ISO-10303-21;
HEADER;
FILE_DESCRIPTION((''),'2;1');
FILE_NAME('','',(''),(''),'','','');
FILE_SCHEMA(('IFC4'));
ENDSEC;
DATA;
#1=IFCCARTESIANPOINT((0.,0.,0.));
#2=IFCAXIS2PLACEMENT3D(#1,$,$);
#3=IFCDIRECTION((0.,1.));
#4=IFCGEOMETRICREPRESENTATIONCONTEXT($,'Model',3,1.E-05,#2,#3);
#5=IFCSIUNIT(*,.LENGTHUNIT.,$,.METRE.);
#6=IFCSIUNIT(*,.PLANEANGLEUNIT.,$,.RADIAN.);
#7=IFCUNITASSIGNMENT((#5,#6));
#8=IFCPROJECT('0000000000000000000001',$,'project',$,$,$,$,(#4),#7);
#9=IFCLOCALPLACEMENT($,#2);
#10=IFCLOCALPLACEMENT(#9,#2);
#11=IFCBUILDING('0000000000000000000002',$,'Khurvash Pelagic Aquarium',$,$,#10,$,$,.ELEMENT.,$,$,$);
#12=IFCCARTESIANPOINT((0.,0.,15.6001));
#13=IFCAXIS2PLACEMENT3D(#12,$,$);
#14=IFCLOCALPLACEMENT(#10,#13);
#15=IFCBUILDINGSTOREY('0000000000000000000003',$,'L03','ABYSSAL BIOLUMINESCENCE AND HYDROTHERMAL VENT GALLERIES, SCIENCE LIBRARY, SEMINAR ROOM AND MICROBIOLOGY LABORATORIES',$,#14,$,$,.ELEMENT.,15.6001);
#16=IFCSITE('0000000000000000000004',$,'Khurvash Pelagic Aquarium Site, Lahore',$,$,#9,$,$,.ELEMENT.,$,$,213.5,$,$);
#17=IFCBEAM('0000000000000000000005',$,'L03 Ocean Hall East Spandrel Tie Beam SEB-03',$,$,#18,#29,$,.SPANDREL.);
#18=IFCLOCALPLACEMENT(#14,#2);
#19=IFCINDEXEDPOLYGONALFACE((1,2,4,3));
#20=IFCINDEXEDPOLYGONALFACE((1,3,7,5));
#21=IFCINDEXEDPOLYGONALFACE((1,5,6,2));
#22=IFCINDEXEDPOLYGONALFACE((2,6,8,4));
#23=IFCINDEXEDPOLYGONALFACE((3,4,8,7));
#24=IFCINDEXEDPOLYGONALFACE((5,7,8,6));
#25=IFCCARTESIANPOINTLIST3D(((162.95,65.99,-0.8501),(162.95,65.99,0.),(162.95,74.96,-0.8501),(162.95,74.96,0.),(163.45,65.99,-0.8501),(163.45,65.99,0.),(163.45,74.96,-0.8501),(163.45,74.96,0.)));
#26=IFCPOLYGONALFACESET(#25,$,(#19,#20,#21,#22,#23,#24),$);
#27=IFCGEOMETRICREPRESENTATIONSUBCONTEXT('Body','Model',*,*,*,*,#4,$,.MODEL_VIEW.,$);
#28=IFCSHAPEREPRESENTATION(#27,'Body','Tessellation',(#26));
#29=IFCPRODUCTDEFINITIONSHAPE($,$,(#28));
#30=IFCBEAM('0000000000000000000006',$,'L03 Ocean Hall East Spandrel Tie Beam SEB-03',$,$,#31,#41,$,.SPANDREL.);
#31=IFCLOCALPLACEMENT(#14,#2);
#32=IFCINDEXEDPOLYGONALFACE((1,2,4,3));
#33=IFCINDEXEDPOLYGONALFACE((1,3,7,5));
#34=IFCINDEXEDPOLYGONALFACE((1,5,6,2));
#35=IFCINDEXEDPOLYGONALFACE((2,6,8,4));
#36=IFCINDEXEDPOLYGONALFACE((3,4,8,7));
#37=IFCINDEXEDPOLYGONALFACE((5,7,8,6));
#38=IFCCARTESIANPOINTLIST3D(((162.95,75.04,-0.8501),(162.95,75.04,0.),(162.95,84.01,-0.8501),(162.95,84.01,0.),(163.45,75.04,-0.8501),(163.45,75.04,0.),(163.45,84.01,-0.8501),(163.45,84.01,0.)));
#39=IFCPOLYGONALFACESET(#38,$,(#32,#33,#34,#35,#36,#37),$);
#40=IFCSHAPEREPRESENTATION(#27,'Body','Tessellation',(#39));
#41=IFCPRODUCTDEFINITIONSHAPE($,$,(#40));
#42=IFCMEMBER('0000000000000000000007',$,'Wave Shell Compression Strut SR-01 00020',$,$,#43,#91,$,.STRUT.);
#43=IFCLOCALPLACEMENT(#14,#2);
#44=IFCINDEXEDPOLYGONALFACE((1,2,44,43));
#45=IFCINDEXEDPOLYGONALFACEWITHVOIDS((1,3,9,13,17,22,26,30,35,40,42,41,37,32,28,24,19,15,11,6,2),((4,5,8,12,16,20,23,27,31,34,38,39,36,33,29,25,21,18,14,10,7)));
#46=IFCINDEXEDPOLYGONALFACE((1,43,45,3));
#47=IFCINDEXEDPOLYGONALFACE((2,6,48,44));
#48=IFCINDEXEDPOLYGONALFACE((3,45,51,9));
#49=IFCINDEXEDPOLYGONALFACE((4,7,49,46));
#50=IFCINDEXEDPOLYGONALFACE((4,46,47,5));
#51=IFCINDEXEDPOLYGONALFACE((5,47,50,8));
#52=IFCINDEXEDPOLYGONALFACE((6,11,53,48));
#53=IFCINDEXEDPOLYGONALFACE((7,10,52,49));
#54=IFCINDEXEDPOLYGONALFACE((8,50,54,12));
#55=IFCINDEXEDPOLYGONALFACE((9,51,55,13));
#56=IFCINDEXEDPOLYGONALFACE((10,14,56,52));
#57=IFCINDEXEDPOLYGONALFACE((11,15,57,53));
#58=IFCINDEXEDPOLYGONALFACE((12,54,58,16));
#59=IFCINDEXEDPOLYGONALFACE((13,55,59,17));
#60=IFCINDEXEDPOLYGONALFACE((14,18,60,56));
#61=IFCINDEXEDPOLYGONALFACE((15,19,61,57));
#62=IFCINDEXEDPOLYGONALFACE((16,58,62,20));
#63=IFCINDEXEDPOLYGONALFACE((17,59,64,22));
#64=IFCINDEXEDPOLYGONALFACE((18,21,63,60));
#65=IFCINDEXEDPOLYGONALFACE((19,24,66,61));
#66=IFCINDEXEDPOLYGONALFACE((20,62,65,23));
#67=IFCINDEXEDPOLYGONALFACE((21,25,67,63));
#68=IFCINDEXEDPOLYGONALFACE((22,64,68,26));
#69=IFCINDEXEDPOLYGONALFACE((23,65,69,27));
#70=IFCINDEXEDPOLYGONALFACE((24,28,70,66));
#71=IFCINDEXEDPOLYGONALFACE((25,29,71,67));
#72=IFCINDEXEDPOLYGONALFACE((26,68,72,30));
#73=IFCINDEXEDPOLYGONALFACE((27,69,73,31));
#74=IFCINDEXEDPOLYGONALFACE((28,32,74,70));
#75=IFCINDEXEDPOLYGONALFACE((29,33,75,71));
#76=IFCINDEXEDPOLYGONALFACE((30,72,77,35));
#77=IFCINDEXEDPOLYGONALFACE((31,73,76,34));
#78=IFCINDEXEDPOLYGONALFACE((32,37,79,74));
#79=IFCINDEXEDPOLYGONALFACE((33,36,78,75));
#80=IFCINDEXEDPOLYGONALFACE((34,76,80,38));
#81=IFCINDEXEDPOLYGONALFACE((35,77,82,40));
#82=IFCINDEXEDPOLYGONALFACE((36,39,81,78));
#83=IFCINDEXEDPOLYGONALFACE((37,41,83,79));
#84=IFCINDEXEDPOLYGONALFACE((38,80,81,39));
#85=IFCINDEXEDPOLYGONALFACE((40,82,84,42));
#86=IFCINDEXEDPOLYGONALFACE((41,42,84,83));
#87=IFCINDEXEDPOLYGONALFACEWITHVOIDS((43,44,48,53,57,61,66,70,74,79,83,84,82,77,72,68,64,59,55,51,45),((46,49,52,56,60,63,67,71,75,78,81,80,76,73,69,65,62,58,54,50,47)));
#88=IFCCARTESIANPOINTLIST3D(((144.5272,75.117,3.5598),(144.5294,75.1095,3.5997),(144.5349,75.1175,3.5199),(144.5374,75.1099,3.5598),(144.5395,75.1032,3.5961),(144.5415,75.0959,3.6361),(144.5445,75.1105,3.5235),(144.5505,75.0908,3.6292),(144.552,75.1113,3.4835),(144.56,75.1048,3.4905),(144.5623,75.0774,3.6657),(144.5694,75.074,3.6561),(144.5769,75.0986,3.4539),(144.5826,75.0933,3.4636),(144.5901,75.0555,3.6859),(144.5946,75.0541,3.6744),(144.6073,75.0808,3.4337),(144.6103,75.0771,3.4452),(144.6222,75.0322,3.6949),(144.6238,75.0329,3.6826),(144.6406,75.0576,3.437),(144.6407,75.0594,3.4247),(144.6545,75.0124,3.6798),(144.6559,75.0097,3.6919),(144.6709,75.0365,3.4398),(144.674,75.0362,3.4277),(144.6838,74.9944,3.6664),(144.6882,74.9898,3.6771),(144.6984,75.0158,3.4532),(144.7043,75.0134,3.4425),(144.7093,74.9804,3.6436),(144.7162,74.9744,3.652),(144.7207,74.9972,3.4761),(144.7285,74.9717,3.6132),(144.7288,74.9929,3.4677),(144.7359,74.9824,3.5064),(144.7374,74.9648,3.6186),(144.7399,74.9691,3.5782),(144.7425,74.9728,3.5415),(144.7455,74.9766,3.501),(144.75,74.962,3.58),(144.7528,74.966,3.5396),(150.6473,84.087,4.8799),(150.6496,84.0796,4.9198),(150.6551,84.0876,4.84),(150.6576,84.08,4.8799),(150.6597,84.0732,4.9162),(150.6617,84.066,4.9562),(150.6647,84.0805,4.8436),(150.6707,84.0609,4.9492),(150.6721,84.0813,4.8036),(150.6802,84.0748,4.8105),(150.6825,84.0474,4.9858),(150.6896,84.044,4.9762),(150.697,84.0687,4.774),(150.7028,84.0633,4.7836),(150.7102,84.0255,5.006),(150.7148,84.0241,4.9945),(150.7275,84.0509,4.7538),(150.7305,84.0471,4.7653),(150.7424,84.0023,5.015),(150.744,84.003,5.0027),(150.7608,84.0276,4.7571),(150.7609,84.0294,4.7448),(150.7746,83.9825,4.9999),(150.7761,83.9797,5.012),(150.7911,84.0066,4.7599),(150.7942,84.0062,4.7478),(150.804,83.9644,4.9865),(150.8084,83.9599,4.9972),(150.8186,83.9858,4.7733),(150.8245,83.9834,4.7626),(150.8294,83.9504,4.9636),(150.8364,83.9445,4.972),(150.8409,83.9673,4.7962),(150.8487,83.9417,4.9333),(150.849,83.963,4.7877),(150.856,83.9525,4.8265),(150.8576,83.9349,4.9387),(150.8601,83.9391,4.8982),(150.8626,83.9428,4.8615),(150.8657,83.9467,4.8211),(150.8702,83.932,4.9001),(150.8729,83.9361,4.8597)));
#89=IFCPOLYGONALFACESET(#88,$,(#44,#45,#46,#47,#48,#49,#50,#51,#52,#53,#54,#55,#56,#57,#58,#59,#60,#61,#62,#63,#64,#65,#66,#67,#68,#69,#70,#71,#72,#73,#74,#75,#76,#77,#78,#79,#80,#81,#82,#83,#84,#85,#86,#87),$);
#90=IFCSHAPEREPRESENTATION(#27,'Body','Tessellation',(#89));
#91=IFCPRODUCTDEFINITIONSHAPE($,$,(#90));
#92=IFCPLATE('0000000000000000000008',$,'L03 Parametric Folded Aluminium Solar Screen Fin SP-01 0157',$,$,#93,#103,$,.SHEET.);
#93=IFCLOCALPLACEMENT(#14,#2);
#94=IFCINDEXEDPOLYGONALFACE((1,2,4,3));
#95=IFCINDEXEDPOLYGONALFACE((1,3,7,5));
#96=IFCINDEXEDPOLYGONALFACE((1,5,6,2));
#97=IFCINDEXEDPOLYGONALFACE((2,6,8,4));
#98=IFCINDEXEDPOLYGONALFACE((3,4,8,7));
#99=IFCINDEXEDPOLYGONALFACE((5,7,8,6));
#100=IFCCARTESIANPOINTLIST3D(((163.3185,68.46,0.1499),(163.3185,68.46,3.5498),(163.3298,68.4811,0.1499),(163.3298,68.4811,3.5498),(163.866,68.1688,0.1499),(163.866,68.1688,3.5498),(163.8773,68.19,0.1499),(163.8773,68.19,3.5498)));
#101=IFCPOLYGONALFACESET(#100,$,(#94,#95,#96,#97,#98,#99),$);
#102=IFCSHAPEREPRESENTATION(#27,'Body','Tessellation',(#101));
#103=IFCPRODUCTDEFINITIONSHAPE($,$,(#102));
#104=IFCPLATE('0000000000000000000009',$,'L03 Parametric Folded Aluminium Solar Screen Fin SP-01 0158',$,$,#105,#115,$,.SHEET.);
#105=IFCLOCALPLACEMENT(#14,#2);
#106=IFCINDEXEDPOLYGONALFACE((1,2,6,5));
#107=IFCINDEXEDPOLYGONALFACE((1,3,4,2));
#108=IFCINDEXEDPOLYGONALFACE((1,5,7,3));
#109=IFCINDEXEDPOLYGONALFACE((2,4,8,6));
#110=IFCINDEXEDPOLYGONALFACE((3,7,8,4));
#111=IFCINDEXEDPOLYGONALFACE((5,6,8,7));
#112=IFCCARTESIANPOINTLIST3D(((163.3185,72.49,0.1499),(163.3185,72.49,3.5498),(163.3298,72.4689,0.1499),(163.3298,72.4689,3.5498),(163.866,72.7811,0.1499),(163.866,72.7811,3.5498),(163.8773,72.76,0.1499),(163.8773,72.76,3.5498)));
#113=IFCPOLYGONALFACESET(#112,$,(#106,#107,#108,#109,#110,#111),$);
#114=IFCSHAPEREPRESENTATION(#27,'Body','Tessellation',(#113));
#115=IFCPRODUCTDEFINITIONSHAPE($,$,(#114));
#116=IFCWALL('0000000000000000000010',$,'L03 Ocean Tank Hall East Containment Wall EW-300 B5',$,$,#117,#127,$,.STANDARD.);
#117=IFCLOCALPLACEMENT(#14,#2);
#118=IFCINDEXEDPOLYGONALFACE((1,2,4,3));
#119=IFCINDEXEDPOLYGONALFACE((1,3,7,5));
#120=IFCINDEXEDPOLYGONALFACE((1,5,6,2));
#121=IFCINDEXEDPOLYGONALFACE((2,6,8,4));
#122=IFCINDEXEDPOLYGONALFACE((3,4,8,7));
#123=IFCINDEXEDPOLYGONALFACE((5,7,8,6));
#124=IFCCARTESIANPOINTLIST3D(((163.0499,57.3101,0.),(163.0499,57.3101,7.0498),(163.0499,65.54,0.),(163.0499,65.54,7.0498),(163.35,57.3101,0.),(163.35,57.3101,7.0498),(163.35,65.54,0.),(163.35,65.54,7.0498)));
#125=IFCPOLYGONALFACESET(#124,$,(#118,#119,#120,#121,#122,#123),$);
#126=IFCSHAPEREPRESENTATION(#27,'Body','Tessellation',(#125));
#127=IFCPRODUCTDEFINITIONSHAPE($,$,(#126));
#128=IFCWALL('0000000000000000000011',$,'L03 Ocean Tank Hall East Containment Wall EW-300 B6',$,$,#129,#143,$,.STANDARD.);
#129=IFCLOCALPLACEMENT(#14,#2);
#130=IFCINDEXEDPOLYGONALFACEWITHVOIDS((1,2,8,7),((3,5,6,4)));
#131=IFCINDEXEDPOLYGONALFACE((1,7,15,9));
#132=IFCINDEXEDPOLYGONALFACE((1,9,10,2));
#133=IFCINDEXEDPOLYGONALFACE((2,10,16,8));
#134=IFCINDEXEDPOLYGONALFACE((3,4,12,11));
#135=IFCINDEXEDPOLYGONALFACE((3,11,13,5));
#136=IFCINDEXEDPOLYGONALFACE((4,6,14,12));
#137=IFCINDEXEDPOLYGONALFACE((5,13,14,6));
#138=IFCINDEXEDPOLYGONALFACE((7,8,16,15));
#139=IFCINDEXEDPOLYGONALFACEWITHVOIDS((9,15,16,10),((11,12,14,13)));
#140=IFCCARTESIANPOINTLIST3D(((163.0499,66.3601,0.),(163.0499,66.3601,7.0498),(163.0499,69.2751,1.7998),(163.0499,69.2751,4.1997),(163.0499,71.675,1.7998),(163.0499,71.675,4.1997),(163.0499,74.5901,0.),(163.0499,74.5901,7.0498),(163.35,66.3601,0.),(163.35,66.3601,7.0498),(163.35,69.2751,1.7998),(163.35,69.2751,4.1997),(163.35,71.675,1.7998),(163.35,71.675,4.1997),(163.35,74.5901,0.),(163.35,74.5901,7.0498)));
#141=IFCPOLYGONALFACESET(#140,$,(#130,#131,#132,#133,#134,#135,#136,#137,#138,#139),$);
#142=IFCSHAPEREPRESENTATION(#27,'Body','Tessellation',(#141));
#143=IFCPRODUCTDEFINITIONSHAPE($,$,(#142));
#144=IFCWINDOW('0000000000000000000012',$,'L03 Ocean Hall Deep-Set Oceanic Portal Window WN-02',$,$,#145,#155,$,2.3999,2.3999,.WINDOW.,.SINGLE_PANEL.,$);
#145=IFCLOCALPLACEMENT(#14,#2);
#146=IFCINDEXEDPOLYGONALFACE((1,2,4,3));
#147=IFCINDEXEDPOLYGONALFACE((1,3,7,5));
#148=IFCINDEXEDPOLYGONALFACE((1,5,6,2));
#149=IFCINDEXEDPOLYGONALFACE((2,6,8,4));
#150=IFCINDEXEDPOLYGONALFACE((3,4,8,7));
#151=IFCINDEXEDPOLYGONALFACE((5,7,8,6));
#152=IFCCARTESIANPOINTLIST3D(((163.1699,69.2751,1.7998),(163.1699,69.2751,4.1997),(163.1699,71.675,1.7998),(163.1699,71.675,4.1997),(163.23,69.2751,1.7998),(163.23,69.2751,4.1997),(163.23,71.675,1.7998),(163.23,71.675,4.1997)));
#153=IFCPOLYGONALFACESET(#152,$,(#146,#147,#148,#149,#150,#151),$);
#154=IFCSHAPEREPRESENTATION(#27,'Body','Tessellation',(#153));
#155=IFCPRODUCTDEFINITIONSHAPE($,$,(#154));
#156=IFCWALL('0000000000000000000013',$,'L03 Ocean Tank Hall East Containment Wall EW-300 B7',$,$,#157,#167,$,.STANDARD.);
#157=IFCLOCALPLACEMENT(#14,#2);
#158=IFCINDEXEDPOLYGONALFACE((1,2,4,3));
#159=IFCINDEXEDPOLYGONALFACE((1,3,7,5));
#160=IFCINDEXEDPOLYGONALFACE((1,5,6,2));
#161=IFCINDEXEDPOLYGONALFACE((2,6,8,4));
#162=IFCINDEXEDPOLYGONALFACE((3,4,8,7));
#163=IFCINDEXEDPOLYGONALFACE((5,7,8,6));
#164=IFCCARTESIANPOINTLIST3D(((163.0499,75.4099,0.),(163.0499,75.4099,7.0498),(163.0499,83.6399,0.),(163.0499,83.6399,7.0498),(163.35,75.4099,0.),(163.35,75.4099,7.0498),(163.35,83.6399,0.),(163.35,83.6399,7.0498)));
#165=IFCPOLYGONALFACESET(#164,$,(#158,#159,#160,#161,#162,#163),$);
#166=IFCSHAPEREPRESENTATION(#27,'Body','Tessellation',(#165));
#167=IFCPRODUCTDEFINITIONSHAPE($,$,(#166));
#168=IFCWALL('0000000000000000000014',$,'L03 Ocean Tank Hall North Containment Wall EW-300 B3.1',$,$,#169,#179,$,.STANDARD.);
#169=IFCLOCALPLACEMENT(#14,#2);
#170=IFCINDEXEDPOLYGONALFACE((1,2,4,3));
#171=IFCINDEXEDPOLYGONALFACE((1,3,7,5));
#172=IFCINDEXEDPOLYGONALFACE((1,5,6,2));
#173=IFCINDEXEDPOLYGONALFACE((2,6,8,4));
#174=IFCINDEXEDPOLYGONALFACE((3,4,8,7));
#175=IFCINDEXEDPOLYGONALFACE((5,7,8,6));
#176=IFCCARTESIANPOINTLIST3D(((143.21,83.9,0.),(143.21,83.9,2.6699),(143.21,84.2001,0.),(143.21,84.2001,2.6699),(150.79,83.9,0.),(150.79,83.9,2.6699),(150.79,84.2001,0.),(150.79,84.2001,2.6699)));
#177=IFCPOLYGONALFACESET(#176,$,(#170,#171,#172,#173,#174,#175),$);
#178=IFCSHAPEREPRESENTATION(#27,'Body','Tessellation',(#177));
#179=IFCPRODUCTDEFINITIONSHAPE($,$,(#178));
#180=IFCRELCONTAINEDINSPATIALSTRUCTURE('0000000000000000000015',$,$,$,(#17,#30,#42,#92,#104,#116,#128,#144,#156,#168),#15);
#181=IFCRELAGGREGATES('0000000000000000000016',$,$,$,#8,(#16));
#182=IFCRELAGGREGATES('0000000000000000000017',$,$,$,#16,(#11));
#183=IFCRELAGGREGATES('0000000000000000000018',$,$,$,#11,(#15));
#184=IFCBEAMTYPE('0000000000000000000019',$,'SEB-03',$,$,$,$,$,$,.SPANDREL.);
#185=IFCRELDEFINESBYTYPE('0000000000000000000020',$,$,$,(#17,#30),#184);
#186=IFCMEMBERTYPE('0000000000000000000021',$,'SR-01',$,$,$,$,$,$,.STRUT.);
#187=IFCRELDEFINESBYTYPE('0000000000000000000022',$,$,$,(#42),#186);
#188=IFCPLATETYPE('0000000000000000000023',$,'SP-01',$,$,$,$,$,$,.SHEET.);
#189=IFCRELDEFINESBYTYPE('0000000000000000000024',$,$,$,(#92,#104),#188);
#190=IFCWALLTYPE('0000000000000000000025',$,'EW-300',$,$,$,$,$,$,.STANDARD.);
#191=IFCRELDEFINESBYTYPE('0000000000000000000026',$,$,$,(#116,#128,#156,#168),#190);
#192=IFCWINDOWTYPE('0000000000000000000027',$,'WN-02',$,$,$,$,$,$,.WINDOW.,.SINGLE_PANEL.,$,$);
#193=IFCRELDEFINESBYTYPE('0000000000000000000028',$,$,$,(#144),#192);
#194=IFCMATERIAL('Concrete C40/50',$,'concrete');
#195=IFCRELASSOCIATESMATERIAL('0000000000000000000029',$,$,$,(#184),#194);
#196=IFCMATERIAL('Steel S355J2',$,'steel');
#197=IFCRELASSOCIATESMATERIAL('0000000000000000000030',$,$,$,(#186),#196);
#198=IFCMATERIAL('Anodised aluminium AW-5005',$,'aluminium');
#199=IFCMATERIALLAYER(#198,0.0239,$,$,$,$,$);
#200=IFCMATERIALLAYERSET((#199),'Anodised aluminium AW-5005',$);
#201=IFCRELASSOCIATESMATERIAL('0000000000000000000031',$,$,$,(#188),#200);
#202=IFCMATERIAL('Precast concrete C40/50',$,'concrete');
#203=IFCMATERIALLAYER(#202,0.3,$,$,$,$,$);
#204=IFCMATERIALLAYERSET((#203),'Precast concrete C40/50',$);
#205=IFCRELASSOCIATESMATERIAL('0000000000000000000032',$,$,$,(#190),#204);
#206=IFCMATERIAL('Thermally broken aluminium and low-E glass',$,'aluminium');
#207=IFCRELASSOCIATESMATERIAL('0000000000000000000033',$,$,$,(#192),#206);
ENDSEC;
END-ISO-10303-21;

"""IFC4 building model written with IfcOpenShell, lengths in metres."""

from ifc_helpers import new_model, si_unit, direction, frame, frame_2d, origin, origin_2d, place, context, subcontext, project, spatial, rectangle, hollow_circle, extrude, material, layer, layer_set, material_profile, profile_set, type_object, element, fill, save


model = new_model("IFC4")

# Units and contexts
model_context = context("Model", 3, precision=1e-05, world=origin(), true_north=direction((0.0, 1.0)))
body_context = subcontext(model_context, "Body", "Model", "MODEL_VIEW")
ifc_project = project(units=[si_unit("LENGTHUNIT", "METRE"), si_unit("PLANEANGLEUNIT", "RADIAN")], contexts=[model_context])

# Site, building, storey
site_placement = place(None, origin())
site = spatial("IfcSite", under=ifc_project, at=site_placement, Name="Khurvash Pelagic Aquarium Site, Lahore", CompositionType="ELEMENT", RefElevation=213.5)
building_placement = place(site_placement, origin())
building = spatial("IfcBuilding", under=site, at=building_placement, Name="Khurvash Pelagic Aquarium", CompositionType="ELEMENT")
storey_placement = place(building_placement, frame((0.0, 0.0, 15.6001)))
storey = spatial("IfcBuildingStorey", under=building, at=storey_placement, Name="L03", Description="ABYSSAL BIOLUMINESCENCE AND HYDROTHERMAL VENT GALLERIES, SCIENCE LIBRARY, SEMINAR ROOM AND MICROBIOLOGY LABORATORIES", CompositionType="ELEMENT", Elevation=15.6001)

# Shared definitions
ifc_material_1 = material(Name="Concrete C40/50", Category="concrete")

# Shared definitions
ifc_material_2 = material(Name="Steel S355J2", Category="steel")

# Beams
ifc_material_profile_1 = material_profile(ifc_material_1, rectangle(XDim=0.5, YDim=0.8501, at=origin_2d()), Name="RC500X850")
ifc_profile_set_1 = profile_set([ifc_material_profile_1], Name="Concrete C40/50")
beam_type_1 = type_object("IfcBeamType", Name="SEB-03", PredefinedType="SPANDREL", material=ifc_profile_set_1)
for number, where, z_axis, x_axis, name in (
    (1, (163.2, 65.99, -0.425), (0.0, 1.0, 0.0), (-1.0, 0.0, 0.0), "L03 Ocean Hall East Spandrel Tie Beam SEB-03"),
    (2, (163.2, 75.04, -0.425), (0.0, 1.0, 0.0), (-1.0, 0.0, 0.0), "L03 Ocean Hall East Spandrel Tie Beam SEB-03"),
):
    element("IfcBeam", number, at=place(storey_placement, frame(where, z_axis=z_axis, x_axis=x_axis)), inside=storey, type_object=beam_type_1, Name=name, PredefinedType="SPANDREL", context=body_context, shape_type="SweptSolid", body=[
        extrude(rectangle(XDim=0.5, YDim=0.8501, at=origin_2d()), origin(), (0.0, 0.0, 1.0), 8.97),
    ])

# Member
ifc_material_profile_2 = material_profile(ifc_material_2, hollow_circle(Radius=0.1365, WallThickness=0.0125, at=origin_2d()), Name="CHS273X12")
ifc_profile_set_2 = profile_set([ifc_material_profile_2], Name="Steel S355J2")
member_type_1 = type_object("IfcMemberType", Name="SR-01", PredefinedType="STRUT", material=ifc_profile_set_2)
member_1_placement = place(storey_placement, frame((144.6399, 75.04, 3.5598), z_axis=(0.559484, 0.820009, 0.120677), x_axis=(-0.826046, 0.563603, 0.0)))
element("IfcMember", 3, at=member_1_placement, inside=storey, type_object=member_type_1, Name="Wave Shell Compression Strut SR-01 00020", PredefinedType="STRUT", context=body_context, shape_type="SweptSolid", body=[
    extrude(hollow_circle(Radius=0.1365, WallThickness=0.0125, at=origin_2d()), origin(), (0.0, 0.0, 1.0), 10.939),
])

# Plates
ifc_material_3 = material(Name="Anodised aluminium AW-5005", Category="aluminium")
ifc_layer_1 = layer(ifc_material_3, 0.0239)
ifc_layer_set_1 = layer_set([ifc_layer_1], Name="Anodised aluminium AW-5005")
plate_type = type_object("IfcPlateType", Name="SP-01", PredefinedType="SHEET", material=ifc_layer_set_1)
for number, where, z_axis, x_axis, name in (
    (4, (163.5979, 68.325, 0.1499), (0.0, 0.0, 1.0), (0.882948, -0.469472, 0.0), "L03 Parametric Folded Aluminium Solar Screen Fin SP-01 0157"),
    (5, (163.5979, 72.625, 0.1499), (0.0, 0.0, 1.0), (0.882948, 0.469472, 0.0), "L03 Parametric Folded Aluminium Solar Screen Fin SP-01 0158"),
):
    element("IfcPlate", number, at=place(storey_placement, frame(where, z_axis=z_axis, x_axis=x_axis)), inside=storey, type_object=plate_type, Name=name, PredefinedType="SHEET", context=body_context, shape_type="SweptSolid", body=[
        extrude(rectangle(XDim=0.6201, YDim=0.0239, at=origin_2d()), origin(), (0.0, 0.0, 1.0), 3.3999),
    ])

# Wall
ifc_material_4 = material(Name="Precast concrete C40/50", Category="concrete")
ifc_layer_2 = layer(ifc_material_4, 0.3)
ifc_layer_set_2 = layer_set([ifc_layer_2], Name="Precast concrete C40/50")
wall_type = type_object("IfcWallType", Name="EW-300", PredefinedType="STANDARD", material=ifc_layer_set_2)
wall_1_placement = place(storey_placement, frame((163.2, 57.3101, 0.0), z_axis=(0.0, 0.0, 1.0), x_axis=(0.0, 1.0, 0.0)))
element("IfcWall", 6, at=wall_1_placement, inside=storey, type_object=wall_type, Name="L03 Ocean Tank Hall East Containment Wall EW-300 B5", PredefinedType="STANDARD", context=body_context, shape_type="SweptSolid", body=[
    extrude(rectangle(XDim=8.23, YDim=0.3, at=frame_2d((4.115, 0.0))), origin(), (0.0, 0.0, 1.0), 7.0498),
])

# Wall, opening, window
wall_2_placement = place(storey_placement, frame((163.2, 66.3601, 0.0), z_axis=(0.0, 0.0, 1.0), x_axis=(0.0, 1.0, 0.0)))
wall_2 = element("IfcWall", 7, at=wall_2_placement, inside=storey, type_object=wall_type, Name="L03 Ocean Tank Hall East Containment Wall EW-300 B6", PredefinedType="STANDARD", context=body_context, shape_type="SweptSolid", body=[
    extrude(rectangle(XDim=8.23, YDim=0.3, at=frame_2d((4.115, 0.0))), origin(), (0.0, 0.0, 1.0), 7.0498),
])
opening_1_placement = place(wall_2_placement, frame((2.915, 0.0, 1.7998)))
opening_1 = element("IfcOpeningElement", 8, at=opening_1_placement, cuts=wall_2, PredefinedType="OPENING", context=body_context, shape_type="SweptSolid", body=[
    extrude(rectangle(XDim=2.3999, YDim=2.3999, at=frame_2d((1.2, 1.2))), frame((0.0, 0.1602, 0.0), z_axis=(0.0, -1.0, 0.0), x_axis=(1.0, 0.0, 0.0)), (0.0, 0.0, 1.0), 0.3201),
])
ifc_material_5 = material(Name="Thermally broken aluminium and low-E glass", Category="aluminium")
window_type_1 = type_object("IfcWindowType", Name="WN-02", PartitioningType="SINGLE_PANEL", PredefinedType="WINDOW", material=ifc_material_5)
window_1_placement = place(opening_1_placement, origin())
window_1 = element("IfcWindow", 9, at=window_1_placement, inside=storey, type_object=window_type_1, Name="L03 Ocean Hall Deep-Set Oceanic Portal Window WN-02", OverallHeight=2.3999, OverallWidth=2.3999, PartitioningType="SINGLE_PANEL", PredefinedType="WINDOW", context=body_context, shape_type="SweptSolid", body=[
    extrude(rectangle(XDim=2.3999, YDim=2.3999, at=frame_2d((1.2, 1.2))), frame((0.0, 0.03, 0.0), z_axis=(0.0, -1.0, 0.0), x_axis=(1.0, 0.0, 0.0)), (0.0, 0.0, 1.0), 0.0601),
])
fill(opening_1, window_1)

# Walls
wall_3_placement = place(storey_placement, frame((163.2, 75.4099, 0.0), z_axis=(0.0, 0.0, 1.0), x_axis=(0.0, 1.0, 0.0)))
element("IfcWall", 10, at=wall_3_placement, inside=storey, type_object=wall_type, Name="L03 Ocean Tank Hall East Containment Wall EW-300 B7", PredefinedType="STANDARD", context=body_context, shape_type="SweptSolid", body=[
    extrude(rectangle(XDim=8.23, YDim=0.3, at=frame_2d((4.115, 0.0))), origin(), (0.0, 0.0, 1.0), 7.0498),
])
wall_4_placement = place(storey_placement, frame((150.79, 84.05, 0.0), z_axis=(0.0, 0.0, 1.0), x_axis=(-1.0, 0.0, 0.0)))
element("IfcWall", 11, at=wall_4_placement, inside=storey, type_object=wall_type, Name="L03 Ocean Tank Hall North Containment Wall EW-300 B3.1", PredefinedType="STANDARD", context=body_context, shape_type="SweptSolid", body=[
    extrude(rectangle(XDim=7.5801, YDim=0.3, at=frame_2d((3.79, 0.0))), origin(), (0.0, 0.0, 1.0), 2.6699),
])

save(model, "model.ifc")
